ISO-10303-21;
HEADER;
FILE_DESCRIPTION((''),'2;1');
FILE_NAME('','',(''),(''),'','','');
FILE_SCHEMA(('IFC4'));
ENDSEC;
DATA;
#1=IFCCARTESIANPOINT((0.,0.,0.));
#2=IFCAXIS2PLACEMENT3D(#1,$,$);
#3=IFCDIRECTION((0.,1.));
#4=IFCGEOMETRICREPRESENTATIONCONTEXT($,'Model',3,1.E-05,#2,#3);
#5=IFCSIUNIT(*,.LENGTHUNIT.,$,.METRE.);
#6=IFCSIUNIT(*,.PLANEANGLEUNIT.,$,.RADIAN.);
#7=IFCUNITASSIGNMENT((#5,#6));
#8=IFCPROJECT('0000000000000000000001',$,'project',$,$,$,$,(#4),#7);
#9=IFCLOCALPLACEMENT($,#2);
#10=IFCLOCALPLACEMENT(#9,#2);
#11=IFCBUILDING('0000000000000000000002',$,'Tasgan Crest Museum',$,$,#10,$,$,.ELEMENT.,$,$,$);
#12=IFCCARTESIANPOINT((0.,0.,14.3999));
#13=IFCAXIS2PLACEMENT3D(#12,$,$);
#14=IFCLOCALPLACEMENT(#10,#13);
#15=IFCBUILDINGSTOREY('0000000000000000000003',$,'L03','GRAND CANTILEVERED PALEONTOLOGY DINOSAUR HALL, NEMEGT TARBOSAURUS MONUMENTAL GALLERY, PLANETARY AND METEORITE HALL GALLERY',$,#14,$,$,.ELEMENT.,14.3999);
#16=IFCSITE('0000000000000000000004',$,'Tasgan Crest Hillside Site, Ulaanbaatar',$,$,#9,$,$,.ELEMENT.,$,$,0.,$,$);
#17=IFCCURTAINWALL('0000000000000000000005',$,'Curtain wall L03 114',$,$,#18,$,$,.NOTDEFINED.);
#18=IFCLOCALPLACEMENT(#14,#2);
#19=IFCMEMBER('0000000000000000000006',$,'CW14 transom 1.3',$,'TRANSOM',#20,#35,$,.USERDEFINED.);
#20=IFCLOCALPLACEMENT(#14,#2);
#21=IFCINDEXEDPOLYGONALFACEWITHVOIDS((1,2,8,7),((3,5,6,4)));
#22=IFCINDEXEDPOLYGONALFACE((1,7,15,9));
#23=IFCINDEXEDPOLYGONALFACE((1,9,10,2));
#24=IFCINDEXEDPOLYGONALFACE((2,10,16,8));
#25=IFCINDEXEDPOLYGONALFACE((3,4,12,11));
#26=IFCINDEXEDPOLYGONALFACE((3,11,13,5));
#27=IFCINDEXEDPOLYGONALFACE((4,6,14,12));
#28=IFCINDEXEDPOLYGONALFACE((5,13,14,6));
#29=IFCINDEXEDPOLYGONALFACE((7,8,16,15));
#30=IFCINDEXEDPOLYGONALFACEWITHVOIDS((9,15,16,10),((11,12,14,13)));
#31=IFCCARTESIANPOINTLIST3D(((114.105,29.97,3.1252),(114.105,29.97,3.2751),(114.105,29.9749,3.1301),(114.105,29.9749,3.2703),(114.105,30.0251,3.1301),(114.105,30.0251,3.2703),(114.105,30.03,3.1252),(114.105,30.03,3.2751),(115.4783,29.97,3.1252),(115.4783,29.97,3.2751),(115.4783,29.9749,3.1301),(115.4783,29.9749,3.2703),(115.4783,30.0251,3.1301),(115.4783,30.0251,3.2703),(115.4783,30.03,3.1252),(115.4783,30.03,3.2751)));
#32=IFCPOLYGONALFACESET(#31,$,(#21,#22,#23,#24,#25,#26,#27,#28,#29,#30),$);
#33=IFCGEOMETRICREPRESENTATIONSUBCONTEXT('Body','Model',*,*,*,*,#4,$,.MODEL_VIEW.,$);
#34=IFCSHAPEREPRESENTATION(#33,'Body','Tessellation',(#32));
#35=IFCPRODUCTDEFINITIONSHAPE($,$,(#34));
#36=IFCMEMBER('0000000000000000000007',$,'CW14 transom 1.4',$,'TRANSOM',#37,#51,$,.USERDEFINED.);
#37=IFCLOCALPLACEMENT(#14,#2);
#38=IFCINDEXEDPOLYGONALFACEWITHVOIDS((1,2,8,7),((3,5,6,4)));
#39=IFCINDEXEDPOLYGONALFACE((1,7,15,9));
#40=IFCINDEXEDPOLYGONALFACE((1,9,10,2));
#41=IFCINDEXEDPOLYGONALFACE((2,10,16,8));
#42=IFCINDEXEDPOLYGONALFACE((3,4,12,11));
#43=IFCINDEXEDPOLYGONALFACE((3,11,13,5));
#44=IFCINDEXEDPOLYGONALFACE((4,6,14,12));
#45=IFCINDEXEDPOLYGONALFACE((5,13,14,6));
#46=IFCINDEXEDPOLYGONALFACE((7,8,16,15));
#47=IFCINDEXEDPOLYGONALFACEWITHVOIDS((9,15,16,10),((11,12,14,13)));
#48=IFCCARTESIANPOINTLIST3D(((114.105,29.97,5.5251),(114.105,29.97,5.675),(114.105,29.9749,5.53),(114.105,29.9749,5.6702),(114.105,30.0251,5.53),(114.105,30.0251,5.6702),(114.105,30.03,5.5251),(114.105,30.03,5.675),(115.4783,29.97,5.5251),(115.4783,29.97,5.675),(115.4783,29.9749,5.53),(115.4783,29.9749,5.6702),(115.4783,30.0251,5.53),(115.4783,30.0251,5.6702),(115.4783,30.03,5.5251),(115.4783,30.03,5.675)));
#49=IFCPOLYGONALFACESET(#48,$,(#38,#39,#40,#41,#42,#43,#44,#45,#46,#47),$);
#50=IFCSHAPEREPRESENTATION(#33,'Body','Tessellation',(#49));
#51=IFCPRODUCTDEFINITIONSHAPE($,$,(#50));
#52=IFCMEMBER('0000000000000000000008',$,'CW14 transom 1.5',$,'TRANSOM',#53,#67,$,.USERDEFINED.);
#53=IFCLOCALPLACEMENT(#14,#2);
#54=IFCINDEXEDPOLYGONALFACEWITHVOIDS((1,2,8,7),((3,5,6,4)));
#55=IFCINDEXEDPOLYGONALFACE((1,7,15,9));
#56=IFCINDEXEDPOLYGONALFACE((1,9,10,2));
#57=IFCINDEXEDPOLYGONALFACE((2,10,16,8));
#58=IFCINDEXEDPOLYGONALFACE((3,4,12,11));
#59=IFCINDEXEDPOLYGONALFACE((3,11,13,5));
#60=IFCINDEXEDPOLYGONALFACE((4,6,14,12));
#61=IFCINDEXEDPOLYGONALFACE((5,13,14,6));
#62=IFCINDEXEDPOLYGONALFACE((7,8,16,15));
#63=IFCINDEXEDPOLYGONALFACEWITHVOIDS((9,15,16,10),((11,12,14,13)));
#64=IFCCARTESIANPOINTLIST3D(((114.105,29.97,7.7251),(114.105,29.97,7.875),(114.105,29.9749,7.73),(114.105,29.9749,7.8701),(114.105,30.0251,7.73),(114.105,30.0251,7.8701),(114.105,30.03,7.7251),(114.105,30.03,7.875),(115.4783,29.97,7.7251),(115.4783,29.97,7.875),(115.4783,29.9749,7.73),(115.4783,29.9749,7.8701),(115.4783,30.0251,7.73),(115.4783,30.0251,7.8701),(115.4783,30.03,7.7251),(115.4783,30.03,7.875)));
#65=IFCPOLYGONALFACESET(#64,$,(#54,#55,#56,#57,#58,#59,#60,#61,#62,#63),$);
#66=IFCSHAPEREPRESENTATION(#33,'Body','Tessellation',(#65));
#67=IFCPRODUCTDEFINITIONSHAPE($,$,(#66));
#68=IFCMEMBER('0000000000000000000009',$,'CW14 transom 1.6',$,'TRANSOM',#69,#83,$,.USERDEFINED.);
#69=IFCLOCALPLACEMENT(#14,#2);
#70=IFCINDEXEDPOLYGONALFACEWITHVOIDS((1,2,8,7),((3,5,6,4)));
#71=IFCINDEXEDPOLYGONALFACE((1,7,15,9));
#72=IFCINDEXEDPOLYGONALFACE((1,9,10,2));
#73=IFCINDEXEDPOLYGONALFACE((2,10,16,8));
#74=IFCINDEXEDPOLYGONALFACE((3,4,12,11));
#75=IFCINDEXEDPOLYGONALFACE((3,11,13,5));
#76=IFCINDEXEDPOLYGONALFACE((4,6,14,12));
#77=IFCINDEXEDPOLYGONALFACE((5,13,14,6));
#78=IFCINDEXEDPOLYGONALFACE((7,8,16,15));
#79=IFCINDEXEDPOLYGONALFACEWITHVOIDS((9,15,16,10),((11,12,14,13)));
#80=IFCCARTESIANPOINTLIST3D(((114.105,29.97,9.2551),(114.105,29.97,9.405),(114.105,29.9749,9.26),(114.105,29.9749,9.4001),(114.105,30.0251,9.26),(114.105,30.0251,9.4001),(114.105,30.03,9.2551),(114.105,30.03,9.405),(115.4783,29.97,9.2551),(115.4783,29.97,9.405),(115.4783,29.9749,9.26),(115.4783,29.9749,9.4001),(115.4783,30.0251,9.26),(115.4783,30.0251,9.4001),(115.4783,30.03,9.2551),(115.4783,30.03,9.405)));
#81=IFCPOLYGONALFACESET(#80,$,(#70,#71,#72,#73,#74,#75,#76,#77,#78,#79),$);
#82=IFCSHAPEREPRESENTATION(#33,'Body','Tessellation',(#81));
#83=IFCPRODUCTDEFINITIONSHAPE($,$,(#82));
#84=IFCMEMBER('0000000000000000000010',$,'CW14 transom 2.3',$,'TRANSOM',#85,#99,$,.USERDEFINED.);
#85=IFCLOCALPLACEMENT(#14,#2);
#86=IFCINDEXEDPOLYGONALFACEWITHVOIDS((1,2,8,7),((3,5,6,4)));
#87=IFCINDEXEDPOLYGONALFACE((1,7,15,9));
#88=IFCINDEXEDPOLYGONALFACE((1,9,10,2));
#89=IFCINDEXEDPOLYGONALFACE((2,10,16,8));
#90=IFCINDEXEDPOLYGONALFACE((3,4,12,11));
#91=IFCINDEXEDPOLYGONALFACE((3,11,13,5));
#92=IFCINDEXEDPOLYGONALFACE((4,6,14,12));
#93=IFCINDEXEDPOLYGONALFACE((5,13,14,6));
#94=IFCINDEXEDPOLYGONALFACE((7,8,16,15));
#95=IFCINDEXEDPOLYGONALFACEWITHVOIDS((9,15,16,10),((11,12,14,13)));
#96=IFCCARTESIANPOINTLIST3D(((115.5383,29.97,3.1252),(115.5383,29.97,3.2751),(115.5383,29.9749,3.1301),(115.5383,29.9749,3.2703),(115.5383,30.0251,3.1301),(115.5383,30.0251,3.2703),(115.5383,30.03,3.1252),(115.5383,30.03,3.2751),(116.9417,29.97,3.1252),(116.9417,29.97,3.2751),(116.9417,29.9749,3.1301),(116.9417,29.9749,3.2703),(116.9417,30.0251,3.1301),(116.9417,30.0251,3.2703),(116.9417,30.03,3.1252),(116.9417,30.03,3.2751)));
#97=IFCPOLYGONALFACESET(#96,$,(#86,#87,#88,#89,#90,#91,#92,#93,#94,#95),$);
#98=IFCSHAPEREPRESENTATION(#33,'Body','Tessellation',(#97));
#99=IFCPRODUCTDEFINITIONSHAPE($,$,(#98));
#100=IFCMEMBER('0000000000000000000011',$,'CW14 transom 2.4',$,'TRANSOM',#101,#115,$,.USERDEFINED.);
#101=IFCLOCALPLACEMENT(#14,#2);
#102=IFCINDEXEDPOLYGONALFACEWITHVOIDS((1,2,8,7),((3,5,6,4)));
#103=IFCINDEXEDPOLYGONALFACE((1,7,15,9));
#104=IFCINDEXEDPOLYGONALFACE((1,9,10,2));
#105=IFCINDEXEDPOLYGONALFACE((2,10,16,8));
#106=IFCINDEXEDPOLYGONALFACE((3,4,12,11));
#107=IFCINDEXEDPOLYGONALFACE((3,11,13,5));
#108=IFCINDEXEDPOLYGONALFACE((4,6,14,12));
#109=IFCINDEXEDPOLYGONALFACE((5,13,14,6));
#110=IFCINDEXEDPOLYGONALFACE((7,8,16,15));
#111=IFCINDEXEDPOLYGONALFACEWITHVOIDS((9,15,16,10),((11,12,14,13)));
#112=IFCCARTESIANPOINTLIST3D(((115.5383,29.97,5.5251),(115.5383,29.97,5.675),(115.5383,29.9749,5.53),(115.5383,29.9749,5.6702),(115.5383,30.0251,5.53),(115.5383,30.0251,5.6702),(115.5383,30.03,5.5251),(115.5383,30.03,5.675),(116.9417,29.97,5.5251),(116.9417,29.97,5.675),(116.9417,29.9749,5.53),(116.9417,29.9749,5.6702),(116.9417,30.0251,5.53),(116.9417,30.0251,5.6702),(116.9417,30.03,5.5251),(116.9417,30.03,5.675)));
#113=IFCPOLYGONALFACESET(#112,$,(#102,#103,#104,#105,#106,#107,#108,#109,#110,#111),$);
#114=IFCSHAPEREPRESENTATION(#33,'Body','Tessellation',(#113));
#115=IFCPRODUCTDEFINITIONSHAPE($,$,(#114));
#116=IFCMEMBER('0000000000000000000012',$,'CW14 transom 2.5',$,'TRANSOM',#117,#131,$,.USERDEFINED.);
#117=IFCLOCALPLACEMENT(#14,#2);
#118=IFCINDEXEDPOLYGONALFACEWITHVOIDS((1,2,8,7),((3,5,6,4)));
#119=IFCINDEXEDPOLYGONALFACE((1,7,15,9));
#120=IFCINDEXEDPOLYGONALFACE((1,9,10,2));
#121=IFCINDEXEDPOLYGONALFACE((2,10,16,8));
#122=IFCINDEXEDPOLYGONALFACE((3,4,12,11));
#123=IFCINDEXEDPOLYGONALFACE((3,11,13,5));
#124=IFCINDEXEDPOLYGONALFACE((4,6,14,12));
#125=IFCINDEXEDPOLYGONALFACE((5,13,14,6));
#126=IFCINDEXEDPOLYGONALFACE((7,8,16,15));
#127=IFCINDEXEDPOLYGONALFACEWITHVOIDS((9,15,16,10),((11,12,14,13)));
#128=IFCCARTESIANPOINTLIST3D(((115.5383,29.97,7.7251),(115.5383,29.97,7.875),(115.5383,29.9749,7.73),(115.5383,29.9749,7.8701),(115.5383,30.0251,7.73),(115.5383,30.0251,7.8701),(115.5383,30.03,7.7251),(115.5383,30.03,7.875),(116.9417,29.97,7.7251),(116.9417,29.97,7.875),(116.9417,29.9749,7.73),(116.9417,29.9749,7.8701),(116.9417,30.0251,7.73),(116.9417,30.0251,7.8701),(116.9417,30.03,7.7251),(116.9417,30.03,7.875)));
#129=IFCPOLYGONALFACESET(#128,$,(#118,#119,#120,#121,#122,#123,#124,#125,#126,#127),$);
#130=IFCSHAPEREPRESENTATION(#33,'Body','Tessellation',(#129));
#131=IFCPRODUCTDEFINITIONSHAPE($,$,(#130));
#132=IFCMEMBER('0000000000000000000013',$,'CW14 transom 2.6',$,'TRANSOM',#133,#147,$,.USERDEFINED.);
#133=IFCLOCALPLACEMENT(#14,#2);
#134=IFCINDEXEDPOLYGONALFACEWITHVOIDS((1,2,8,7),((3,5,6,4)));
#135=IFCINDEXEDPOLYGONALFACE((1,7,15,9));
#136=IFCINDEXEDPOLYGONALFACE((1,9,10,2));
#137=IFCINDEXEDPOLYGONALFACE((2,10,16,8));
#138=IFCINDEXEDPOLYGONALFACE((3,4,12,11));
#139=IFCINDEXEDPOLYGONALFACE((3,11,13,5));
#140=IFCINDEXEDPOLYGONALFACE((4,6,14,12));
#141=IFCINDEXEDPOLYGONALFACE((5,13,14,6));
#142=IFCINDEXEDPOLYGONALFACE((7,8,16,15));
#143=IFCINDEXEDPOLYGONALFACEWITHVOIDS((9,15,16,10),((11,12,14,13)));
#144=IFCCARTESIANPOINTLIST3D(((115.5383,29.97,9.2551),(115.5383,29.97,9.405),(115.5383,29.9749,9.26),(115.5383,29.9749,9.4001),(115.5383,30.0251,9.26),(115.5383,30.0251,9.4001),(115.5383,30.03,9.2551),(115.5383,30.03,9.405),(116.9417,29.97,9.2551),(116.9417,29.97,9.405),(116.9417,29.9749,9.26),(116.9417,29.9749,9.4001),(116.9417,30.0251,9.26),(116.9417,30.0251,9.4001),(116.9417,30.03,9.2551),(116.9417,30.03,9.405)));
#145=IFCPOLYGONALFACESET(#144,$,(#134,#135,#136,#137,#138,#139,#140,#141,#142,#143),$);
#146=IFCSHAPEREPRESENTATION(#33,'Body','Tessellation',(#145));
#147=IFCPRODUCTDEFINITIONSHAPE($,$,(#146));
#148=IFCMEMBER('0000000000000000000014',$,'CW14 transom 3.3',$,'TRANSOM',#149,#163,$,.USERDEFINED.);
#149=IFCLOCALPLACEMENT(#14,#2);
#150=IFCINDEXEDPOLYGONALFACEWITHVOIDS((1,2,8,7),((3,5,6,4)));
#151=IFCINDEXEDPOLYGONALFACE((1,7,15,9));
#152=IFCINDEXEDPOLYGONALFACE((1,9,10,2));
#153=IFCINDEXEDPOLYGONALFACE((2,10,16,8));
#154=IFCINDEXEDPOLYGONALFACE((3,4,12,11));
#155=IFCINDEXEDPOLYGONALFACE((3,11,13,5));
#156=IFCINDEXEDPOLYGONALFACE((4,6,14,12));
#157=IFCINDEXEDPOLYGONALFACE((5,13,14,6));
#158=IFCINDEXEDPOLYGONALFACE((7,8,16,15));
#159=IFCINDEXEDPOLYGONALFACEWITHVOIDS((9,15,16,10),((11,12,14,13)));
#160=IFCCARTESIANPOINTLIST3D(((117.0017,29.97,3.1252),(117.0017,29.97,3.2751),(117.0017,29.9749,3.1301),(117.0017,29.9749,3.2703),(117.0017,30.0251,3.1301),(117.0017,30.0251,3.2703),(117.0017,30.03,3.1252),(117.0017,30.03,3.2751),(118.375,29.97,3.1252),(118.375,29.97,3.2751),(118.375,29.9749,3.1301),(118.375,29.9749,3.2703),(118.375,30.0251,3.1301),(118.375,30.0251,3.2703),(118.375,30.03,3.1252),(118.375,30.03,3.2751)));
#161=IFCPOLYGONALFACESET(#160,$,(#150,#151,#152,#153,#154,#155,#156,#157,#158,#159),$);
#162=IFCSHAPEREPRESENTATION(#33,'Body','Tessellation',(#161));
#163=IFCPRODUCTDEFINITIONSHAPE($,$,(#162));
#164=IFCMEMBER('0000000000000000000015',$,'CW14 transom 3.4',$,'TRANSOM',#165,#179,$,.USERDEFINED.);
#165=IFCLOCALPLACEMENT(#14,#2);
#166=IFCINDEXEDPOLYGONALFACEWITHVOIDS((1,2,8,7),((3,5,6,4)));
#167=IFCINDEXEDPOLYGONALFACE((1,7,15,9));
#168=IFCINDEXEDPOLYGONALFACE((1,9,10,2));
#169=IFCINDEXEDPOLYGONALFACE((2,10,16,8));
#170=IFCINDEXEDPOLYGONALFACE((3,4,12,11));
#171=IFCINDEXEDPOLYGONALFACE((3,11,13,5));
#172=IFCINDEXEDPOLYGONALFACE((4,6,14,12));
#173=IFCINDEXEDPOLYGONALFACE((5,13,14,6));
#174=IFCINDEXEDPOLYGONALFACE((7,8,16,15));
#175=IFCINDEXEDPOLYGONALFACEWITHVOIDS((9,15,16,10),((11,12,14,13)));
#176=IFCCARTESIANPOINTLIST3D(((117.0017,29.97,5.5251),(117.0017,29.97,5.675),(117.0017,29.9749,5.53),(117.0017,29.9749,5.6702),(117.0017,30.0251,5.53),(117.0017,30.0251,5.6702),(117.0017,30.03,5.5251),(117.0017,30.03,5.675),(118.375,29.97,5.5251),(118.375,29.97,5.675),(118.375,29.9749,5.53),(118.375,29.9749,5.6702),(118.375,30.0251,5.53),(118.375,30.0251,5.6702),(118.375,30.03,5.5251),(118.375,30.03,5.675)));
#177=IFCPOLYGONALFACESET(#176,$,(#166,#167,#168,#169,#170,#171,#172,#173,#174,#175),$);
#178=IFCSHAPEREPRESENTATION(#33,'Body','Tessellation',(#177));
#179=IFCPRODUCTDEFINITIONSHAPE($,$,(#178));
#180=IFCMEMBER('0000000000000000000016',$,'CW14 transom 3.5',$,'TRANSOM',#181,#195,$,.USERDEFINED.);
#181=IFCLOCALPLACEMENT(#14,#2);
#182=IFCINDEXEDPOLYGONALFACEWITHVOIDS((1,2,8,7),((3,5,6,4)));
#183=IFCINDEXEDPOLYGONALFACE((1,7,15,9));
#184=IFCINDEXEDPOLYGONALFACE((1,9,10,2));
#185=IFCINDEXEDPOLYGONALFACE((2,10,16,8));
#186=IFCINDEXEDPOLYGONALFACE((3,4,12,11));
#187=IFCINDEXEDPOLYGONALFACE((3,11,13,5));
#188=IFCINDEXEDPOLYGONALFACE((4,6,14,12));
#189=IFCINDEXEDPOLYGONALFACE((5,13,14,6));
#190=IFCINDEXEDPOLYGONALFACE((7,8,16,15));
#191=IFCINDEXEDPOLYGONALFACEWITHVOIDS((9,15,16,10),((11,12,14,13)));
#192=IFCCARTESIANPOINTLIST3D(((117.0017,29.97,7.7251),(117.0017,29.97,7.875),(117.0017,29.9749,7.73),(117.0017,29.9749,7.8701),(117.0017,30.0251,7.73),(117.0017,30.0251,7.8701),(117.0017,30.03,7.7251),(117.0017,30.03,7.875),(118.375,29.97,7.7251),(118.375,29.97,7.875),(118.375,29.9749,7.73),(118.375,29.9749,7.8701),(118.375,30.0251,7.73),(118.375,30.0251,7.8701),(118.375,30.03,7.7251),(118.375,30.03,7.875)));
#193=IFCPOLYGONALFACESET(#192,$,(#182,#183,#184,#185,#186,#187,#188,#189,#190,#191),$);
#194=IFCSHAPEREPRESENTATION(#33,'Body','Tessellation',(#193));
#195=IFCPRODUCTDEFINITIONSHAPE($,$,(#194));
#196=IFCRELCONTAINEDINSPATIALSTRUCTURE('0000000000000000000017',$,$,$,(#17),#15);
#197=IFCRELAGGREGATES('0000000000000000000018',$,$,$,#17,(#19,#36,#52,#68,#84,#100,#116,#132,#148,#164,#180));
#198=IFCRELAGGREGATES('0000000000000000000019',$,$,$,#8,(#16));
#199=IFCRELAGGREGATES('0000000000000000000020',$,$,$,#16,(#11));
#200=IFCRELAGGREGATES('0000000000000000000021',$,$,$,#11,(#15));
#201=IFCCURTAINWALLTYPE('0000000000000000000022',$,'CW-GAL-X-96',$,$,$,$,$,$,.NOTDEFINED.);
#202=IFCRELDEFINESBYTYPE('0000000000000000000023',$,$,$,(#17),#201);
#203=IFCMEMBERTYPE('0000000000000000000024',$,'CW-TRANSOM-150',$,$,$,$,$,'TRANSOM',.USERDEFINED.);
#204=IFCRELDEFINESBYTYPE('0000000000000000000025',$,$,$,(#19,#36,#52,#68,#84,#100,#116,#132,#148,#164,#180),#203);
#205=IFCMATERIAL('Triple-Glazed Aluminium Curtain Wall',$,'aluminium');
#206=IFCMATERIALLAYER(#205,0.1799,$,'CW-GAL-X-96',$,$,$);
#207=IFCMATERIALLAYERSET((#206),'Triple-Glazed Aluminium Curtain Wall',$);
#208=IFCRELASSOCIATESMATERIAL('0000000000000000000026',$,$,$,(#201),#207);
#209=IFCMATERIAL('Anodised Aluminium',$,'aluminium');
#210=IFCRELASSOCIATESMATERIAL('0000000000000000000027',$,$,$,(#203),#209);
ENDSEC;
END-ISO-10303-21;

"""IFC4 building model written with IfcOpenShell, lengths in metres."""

from ifc_helpers import new_model, si_unit, direction, frame, origin, origin_2d, place, context, subcontext, project, spatial, hollow_rectangle, extrude, material, layer, layer_set, material_profile, profile_set, type_object, element, aggregate, save


model = new_model("IFC4")

# Units and contexts
model_context = context("Model", 3, precision=1e-05, world=origin(), true_north=direction((0.0, 1.0)))
body_context = subcontext(model_context, "Body", "Model", "MODEL_VIEW")
ifc_project = project(units=[si_unit("LENGTHUNIT", "METRE"), si_unit("PLANEANGLEUNIT", "RADIAN")], contexts=[model_context])

# Site, building, storey
site_placement = place(None, origin())
site = spatial("IfcSite", under=ifc_project, at=site_placement, Name="Tasgan Crest Hillside Site, Ulaanbaatar", CompositionType="ELEMENT", RefElevation=0.0)
building_placement = place(site_placement, origin())
building = spatial("IfcBuilding", under=site, at=building_placement, Name="Tasgan Crest Museum", CompositionType="ELEMENT")
storey_placement = place(building_placement, frame((0.0, 0.0, 14.3999)))
storey = spatial("IfcBuildingStorey", under=building, at=storey_placement, Name="L03", Description="GRAND CANTILEVERED PALEONTOLOGY DINOSAUR HALL, NEMEGT TARBOSAURUS MONUMENTAL GALLERY, PLANETARY AND METEORITE HALL GALLERY", CompositionType="ELEMENT", Elevation=14.3999)

# Curtain wall, members
ifc_material_1 = material(Name="Triple-Glazed Aluminium Curtain Wall", Category="aluminium")
ifc_layer_1 = layer(ifc_material_1, 0.1799, Name="CW-GAL-X-96")
ifc_layer_set_1 = layer_set([ifc_layer_1], Name="Triple-Glazed Aluminium Curtain Wall")
curtain_wall_type_1 = type_object("IfcCurtainWallType", Name="CW-GAL-X-96", PredefinedType="NOTDEFINED", material=ifc_layer_set_1)
curtain_wall_1_placement = place(storey_placement, origin())
curtain_wall_1 = element("IfcCurtainWall", 1, at=curtain_wall_1_placement, inside=storey, type_object=curtain_wall_type_1, Name="Curtain wall L03 114", PredefinedType="NOTDEFINED")
ifc_material_2 = material(Name="Anodised Aluminium", Category="aluminium")
ifc_material_profile = material_profile(ifc_material_2, hollow_rectangle(XDim=0.0601, YDim=0.1499, WallThickness=0.0049, at=origin_2d()), Name="ALU TRANSOM 150x60x5")
ifc_profile_set = profile_set([ifc_material_profile], Name="Anodised Aluminium")
member_type = type_object("IfcMemberType", Name="CW-TRANSOM-150", ElementType="TRANSOM", PredefinedType="USERDEFINED", material=ifc_profile_set)
member_1_placement = place(storey_placement, frame((114.105, 30.0, 3.2002), z_axis=(1.0, 0.0, 0.0), x_axis=(0.0, 1.0, 0.0)))
member_1 = element("IfcMember", 2, at=member_1_placement, type_object=member_type, Name="CW14 transom 1.3", ObjectType="TRANSOM", PredefinedType="USERDEFINED", context=body_context, shape_type="SweptSolid", body=[
    extrude(hollow_rectangle(XDim=0.0601, YDim=0.1499, WallThickness=0.0049, at=origin_2d()), origin(), (0.0, 0.0, 1.0), 1.3733),
])
member_2_placement = place(storey_placement, frame((114.105, 30.0, 5.6001), z_axis=(1.0, 0.0, 0.0), x_axis=(0.0, 1.0, 0.0)))
member_2 = element("IfcMember", 3, at=member_2_placement, type_object=member_type, Name="CW14 transom 1.4", ObjectType="TRANSOM", PredefinedType="USERDEFINED", context=body_context, shape_type="SweptSolid", body=[
    extrude(hollow_rectangle(XDim=0.0601, YDim=0.1499, WallThickness=0.0049, at=origin_2d()), origin(), (0.0, 0.0, 1.0), 1.3733),
])
member_3_placement = place(storey_placement, frame((114.105, 30.0, 7.8), z_axis=(1.0, 0.0, 0.0), x_axis=(0.0, 1.0, 0.0)))
member_3 = element("IfcMember", 4, at=member_3_placement, type_object=member_type, Name="CW14 transom 1.5", ObjectType="TRANSOM", PredefinedType="USERDEFINED", context=body_context, shape_type="SweptSolid", body=[
    extrude(hollow_rectangle(XDim=0.0601, YDim=0.1499, WallThickness=0.0049, at=origin_2d()), origin(), (0.0, 0.0, 1.0), 1.3733),
])
member_4_placement = place(storey_placement, frame((114.105, 30.0, 9.3301), z_axis=(1.0, 0.0, 0.0), x_axis=(0.0, 1.0, 0.0)))
member_4 = element("IfcMember", 5, at=member_4_placement, type_object=member_type, Name="CW14 transom 1.6", ObjectType="TRANSOM", PredefinedType="USERDEFINED", context=body_context, shape_type="SweptSolid", body=[
    extrude(hollow_rectangle(XDim=0.0601, YDim=0.1499, WallThickness=0.0049, at=origin_2d()), origin(), (0.0, 0.0, 1.0), 1.3733),
])
member_5_placement = place(storey_placement, frame((115.5383, 30.0, 3.2002), z_axis=(1.0, 0.0, 0.0), x_axis=(0.0, 1.0, 0.0)))
member_5 = element("IfcMember", 6, at=member_5_placement, type_object=member_type, Name="CW14 transom 2.3", ObjectType="TRANSOM", PredefinedType="USERDEFINED", context=body_context, shape_type="SweptSolid", body=[
    extrude(hollow_rectangle(XDim=0.0601, YDim=0.1499, WallThickness=0.0049, at=origin_2d()), origin(), (0.0, 0.0, 1.0), 1.4033),
])
member_6_placement = place(storey_placement, frame((115.5383, 30.0, 5.6001), z_axis=(1.0, 0.0, 0.0), x_axis=(0.0, 1.0, 0.0)))
member_6 = element("IfcMember", 7, at=member_6_placement, type_object=member_type, Name="CW14 transom 2.4", ObjectType="TRANSOM", PredefinedType="USERDEFINED", context=body_context, shape_type="SweptSolid", body=[
    extrude(hollow_rectangle(XDim=0.0601, YDim=0.1499, WallThickness=0.0049, at=origin_2d()), origin(), (0.0, 0.0, 1.0), 1.4033),
])
member_7_placement = place(storey_placement, frame((115.5383, 30.0, 7.8), z_axis=(1.0, 0.0, 0.0), x_axis=(0.0, 1.0, 0.0)))
member_7 = element("IfcMember", 8, at=member_7_placement, type_object=member_type, Name="CW14 transom 2.5", ObjectType="TRANSOM", PredefinedType="USERDEFINED", context=body_context, shape_type="SweptSolid", body=[
    extrude(hollow_rectangle(XDim=0.0601, YDim=0.1499, WallThickness=0.0049, at=origin_2d()), origin(), (0.0, 0.0, 1.0), 1.4033),
])
member_8_placement = place(storey_placement, frame((115.5383, 30.0, 9.3301), z_axis=(1.0, 0.0, 0.0), x_axis=(0.0, 1.0, 0.0)))
member_8 = element("IfcMember", 9, at=member_8_placement, type_object=member_type, Name="CW14 transom 2.6", ObjectType="TRANSOM", PredefinedType="USERDEFINED", context=body_context, shape_type="SweptSolid", body=[
    extrude(hollow_rectangle(XDim=0.0601, YDim=0.1499, WallThickness=0.0049, at=origin_2d()), origin(), (0.0, 0.0, 1.0), 1.4033),
])
member_9_placement = place(storey_placement, frame((117.0017, 30.0, 3.2002), z_axis=(1.0, 0.0, 0.0), x_axis=(0.0, 1.0, 0.0)))
member_9 = element("IfcMember", 10, at=member_9_placement, type_object=member_type, Name="CW14 transom 3.3", ObjectType="TRANSOM", PredefinedType="USERDEFINED", context=body_context, shape_type="SweptSolid", body=[
    extrude(hollow_rectangle(XDim=0.0601, YDim=0.1499, WallThickness=0.0049, at=origin_2d()), origin(), (0.0, 0.0, 1.0), 1.3733),
])
member_10_placement = place(storey_placement, frame((117.0017, 30.0, 5.6001), z_axis=(1.0, 0.0, 0.0), x_axis=(0.0, 1.0, 0.0)))
member_10 = element("IfcMember", 11, at=member_10_placement, type_object=member_type, Name="CW14 transom 3.4", ObjectType="TRANSOM", PredefinedType="USERDEFINED", context=body_context, shape_type="SweptSolid", body=[
    extrude(hollow_rectangle(XDim=0.0601, YDim=0.1499, WallThickness=0.0049, at=origin_2d()), origin(), (0.0, 0.0, 1.0), 1.3733),
])
member_11_placement = place(storey_placement, frame((117.0017, 30.0, 7.8), z_axis=(1.0, 0.0, 0.0), x_axis=(0.0, 1.0, 0.0)))
member_11 = element("IfcMember", 12, at=member_11_placement, type_object=member_type, Name="CW14 transom 3.5", ObjectType="TRANSOM", PredefinedType="USERDEFINED", context=body_context, shape_type="SweptSolid", body=[
    extrude(hollow_rectangle(XDim=0.0601, YDim=0.1499, WallThickness=0.0049, at=origin_2d()), origin(), (0.0, 0.0, 1.0), 1.3733),
])

aggregate(curtain_wall_1, [member_1, member_2, member_3, member_4, member_5, member_6, member_7, member_8, member_9, member_10, member_11])

save(model, "model.ifc")
